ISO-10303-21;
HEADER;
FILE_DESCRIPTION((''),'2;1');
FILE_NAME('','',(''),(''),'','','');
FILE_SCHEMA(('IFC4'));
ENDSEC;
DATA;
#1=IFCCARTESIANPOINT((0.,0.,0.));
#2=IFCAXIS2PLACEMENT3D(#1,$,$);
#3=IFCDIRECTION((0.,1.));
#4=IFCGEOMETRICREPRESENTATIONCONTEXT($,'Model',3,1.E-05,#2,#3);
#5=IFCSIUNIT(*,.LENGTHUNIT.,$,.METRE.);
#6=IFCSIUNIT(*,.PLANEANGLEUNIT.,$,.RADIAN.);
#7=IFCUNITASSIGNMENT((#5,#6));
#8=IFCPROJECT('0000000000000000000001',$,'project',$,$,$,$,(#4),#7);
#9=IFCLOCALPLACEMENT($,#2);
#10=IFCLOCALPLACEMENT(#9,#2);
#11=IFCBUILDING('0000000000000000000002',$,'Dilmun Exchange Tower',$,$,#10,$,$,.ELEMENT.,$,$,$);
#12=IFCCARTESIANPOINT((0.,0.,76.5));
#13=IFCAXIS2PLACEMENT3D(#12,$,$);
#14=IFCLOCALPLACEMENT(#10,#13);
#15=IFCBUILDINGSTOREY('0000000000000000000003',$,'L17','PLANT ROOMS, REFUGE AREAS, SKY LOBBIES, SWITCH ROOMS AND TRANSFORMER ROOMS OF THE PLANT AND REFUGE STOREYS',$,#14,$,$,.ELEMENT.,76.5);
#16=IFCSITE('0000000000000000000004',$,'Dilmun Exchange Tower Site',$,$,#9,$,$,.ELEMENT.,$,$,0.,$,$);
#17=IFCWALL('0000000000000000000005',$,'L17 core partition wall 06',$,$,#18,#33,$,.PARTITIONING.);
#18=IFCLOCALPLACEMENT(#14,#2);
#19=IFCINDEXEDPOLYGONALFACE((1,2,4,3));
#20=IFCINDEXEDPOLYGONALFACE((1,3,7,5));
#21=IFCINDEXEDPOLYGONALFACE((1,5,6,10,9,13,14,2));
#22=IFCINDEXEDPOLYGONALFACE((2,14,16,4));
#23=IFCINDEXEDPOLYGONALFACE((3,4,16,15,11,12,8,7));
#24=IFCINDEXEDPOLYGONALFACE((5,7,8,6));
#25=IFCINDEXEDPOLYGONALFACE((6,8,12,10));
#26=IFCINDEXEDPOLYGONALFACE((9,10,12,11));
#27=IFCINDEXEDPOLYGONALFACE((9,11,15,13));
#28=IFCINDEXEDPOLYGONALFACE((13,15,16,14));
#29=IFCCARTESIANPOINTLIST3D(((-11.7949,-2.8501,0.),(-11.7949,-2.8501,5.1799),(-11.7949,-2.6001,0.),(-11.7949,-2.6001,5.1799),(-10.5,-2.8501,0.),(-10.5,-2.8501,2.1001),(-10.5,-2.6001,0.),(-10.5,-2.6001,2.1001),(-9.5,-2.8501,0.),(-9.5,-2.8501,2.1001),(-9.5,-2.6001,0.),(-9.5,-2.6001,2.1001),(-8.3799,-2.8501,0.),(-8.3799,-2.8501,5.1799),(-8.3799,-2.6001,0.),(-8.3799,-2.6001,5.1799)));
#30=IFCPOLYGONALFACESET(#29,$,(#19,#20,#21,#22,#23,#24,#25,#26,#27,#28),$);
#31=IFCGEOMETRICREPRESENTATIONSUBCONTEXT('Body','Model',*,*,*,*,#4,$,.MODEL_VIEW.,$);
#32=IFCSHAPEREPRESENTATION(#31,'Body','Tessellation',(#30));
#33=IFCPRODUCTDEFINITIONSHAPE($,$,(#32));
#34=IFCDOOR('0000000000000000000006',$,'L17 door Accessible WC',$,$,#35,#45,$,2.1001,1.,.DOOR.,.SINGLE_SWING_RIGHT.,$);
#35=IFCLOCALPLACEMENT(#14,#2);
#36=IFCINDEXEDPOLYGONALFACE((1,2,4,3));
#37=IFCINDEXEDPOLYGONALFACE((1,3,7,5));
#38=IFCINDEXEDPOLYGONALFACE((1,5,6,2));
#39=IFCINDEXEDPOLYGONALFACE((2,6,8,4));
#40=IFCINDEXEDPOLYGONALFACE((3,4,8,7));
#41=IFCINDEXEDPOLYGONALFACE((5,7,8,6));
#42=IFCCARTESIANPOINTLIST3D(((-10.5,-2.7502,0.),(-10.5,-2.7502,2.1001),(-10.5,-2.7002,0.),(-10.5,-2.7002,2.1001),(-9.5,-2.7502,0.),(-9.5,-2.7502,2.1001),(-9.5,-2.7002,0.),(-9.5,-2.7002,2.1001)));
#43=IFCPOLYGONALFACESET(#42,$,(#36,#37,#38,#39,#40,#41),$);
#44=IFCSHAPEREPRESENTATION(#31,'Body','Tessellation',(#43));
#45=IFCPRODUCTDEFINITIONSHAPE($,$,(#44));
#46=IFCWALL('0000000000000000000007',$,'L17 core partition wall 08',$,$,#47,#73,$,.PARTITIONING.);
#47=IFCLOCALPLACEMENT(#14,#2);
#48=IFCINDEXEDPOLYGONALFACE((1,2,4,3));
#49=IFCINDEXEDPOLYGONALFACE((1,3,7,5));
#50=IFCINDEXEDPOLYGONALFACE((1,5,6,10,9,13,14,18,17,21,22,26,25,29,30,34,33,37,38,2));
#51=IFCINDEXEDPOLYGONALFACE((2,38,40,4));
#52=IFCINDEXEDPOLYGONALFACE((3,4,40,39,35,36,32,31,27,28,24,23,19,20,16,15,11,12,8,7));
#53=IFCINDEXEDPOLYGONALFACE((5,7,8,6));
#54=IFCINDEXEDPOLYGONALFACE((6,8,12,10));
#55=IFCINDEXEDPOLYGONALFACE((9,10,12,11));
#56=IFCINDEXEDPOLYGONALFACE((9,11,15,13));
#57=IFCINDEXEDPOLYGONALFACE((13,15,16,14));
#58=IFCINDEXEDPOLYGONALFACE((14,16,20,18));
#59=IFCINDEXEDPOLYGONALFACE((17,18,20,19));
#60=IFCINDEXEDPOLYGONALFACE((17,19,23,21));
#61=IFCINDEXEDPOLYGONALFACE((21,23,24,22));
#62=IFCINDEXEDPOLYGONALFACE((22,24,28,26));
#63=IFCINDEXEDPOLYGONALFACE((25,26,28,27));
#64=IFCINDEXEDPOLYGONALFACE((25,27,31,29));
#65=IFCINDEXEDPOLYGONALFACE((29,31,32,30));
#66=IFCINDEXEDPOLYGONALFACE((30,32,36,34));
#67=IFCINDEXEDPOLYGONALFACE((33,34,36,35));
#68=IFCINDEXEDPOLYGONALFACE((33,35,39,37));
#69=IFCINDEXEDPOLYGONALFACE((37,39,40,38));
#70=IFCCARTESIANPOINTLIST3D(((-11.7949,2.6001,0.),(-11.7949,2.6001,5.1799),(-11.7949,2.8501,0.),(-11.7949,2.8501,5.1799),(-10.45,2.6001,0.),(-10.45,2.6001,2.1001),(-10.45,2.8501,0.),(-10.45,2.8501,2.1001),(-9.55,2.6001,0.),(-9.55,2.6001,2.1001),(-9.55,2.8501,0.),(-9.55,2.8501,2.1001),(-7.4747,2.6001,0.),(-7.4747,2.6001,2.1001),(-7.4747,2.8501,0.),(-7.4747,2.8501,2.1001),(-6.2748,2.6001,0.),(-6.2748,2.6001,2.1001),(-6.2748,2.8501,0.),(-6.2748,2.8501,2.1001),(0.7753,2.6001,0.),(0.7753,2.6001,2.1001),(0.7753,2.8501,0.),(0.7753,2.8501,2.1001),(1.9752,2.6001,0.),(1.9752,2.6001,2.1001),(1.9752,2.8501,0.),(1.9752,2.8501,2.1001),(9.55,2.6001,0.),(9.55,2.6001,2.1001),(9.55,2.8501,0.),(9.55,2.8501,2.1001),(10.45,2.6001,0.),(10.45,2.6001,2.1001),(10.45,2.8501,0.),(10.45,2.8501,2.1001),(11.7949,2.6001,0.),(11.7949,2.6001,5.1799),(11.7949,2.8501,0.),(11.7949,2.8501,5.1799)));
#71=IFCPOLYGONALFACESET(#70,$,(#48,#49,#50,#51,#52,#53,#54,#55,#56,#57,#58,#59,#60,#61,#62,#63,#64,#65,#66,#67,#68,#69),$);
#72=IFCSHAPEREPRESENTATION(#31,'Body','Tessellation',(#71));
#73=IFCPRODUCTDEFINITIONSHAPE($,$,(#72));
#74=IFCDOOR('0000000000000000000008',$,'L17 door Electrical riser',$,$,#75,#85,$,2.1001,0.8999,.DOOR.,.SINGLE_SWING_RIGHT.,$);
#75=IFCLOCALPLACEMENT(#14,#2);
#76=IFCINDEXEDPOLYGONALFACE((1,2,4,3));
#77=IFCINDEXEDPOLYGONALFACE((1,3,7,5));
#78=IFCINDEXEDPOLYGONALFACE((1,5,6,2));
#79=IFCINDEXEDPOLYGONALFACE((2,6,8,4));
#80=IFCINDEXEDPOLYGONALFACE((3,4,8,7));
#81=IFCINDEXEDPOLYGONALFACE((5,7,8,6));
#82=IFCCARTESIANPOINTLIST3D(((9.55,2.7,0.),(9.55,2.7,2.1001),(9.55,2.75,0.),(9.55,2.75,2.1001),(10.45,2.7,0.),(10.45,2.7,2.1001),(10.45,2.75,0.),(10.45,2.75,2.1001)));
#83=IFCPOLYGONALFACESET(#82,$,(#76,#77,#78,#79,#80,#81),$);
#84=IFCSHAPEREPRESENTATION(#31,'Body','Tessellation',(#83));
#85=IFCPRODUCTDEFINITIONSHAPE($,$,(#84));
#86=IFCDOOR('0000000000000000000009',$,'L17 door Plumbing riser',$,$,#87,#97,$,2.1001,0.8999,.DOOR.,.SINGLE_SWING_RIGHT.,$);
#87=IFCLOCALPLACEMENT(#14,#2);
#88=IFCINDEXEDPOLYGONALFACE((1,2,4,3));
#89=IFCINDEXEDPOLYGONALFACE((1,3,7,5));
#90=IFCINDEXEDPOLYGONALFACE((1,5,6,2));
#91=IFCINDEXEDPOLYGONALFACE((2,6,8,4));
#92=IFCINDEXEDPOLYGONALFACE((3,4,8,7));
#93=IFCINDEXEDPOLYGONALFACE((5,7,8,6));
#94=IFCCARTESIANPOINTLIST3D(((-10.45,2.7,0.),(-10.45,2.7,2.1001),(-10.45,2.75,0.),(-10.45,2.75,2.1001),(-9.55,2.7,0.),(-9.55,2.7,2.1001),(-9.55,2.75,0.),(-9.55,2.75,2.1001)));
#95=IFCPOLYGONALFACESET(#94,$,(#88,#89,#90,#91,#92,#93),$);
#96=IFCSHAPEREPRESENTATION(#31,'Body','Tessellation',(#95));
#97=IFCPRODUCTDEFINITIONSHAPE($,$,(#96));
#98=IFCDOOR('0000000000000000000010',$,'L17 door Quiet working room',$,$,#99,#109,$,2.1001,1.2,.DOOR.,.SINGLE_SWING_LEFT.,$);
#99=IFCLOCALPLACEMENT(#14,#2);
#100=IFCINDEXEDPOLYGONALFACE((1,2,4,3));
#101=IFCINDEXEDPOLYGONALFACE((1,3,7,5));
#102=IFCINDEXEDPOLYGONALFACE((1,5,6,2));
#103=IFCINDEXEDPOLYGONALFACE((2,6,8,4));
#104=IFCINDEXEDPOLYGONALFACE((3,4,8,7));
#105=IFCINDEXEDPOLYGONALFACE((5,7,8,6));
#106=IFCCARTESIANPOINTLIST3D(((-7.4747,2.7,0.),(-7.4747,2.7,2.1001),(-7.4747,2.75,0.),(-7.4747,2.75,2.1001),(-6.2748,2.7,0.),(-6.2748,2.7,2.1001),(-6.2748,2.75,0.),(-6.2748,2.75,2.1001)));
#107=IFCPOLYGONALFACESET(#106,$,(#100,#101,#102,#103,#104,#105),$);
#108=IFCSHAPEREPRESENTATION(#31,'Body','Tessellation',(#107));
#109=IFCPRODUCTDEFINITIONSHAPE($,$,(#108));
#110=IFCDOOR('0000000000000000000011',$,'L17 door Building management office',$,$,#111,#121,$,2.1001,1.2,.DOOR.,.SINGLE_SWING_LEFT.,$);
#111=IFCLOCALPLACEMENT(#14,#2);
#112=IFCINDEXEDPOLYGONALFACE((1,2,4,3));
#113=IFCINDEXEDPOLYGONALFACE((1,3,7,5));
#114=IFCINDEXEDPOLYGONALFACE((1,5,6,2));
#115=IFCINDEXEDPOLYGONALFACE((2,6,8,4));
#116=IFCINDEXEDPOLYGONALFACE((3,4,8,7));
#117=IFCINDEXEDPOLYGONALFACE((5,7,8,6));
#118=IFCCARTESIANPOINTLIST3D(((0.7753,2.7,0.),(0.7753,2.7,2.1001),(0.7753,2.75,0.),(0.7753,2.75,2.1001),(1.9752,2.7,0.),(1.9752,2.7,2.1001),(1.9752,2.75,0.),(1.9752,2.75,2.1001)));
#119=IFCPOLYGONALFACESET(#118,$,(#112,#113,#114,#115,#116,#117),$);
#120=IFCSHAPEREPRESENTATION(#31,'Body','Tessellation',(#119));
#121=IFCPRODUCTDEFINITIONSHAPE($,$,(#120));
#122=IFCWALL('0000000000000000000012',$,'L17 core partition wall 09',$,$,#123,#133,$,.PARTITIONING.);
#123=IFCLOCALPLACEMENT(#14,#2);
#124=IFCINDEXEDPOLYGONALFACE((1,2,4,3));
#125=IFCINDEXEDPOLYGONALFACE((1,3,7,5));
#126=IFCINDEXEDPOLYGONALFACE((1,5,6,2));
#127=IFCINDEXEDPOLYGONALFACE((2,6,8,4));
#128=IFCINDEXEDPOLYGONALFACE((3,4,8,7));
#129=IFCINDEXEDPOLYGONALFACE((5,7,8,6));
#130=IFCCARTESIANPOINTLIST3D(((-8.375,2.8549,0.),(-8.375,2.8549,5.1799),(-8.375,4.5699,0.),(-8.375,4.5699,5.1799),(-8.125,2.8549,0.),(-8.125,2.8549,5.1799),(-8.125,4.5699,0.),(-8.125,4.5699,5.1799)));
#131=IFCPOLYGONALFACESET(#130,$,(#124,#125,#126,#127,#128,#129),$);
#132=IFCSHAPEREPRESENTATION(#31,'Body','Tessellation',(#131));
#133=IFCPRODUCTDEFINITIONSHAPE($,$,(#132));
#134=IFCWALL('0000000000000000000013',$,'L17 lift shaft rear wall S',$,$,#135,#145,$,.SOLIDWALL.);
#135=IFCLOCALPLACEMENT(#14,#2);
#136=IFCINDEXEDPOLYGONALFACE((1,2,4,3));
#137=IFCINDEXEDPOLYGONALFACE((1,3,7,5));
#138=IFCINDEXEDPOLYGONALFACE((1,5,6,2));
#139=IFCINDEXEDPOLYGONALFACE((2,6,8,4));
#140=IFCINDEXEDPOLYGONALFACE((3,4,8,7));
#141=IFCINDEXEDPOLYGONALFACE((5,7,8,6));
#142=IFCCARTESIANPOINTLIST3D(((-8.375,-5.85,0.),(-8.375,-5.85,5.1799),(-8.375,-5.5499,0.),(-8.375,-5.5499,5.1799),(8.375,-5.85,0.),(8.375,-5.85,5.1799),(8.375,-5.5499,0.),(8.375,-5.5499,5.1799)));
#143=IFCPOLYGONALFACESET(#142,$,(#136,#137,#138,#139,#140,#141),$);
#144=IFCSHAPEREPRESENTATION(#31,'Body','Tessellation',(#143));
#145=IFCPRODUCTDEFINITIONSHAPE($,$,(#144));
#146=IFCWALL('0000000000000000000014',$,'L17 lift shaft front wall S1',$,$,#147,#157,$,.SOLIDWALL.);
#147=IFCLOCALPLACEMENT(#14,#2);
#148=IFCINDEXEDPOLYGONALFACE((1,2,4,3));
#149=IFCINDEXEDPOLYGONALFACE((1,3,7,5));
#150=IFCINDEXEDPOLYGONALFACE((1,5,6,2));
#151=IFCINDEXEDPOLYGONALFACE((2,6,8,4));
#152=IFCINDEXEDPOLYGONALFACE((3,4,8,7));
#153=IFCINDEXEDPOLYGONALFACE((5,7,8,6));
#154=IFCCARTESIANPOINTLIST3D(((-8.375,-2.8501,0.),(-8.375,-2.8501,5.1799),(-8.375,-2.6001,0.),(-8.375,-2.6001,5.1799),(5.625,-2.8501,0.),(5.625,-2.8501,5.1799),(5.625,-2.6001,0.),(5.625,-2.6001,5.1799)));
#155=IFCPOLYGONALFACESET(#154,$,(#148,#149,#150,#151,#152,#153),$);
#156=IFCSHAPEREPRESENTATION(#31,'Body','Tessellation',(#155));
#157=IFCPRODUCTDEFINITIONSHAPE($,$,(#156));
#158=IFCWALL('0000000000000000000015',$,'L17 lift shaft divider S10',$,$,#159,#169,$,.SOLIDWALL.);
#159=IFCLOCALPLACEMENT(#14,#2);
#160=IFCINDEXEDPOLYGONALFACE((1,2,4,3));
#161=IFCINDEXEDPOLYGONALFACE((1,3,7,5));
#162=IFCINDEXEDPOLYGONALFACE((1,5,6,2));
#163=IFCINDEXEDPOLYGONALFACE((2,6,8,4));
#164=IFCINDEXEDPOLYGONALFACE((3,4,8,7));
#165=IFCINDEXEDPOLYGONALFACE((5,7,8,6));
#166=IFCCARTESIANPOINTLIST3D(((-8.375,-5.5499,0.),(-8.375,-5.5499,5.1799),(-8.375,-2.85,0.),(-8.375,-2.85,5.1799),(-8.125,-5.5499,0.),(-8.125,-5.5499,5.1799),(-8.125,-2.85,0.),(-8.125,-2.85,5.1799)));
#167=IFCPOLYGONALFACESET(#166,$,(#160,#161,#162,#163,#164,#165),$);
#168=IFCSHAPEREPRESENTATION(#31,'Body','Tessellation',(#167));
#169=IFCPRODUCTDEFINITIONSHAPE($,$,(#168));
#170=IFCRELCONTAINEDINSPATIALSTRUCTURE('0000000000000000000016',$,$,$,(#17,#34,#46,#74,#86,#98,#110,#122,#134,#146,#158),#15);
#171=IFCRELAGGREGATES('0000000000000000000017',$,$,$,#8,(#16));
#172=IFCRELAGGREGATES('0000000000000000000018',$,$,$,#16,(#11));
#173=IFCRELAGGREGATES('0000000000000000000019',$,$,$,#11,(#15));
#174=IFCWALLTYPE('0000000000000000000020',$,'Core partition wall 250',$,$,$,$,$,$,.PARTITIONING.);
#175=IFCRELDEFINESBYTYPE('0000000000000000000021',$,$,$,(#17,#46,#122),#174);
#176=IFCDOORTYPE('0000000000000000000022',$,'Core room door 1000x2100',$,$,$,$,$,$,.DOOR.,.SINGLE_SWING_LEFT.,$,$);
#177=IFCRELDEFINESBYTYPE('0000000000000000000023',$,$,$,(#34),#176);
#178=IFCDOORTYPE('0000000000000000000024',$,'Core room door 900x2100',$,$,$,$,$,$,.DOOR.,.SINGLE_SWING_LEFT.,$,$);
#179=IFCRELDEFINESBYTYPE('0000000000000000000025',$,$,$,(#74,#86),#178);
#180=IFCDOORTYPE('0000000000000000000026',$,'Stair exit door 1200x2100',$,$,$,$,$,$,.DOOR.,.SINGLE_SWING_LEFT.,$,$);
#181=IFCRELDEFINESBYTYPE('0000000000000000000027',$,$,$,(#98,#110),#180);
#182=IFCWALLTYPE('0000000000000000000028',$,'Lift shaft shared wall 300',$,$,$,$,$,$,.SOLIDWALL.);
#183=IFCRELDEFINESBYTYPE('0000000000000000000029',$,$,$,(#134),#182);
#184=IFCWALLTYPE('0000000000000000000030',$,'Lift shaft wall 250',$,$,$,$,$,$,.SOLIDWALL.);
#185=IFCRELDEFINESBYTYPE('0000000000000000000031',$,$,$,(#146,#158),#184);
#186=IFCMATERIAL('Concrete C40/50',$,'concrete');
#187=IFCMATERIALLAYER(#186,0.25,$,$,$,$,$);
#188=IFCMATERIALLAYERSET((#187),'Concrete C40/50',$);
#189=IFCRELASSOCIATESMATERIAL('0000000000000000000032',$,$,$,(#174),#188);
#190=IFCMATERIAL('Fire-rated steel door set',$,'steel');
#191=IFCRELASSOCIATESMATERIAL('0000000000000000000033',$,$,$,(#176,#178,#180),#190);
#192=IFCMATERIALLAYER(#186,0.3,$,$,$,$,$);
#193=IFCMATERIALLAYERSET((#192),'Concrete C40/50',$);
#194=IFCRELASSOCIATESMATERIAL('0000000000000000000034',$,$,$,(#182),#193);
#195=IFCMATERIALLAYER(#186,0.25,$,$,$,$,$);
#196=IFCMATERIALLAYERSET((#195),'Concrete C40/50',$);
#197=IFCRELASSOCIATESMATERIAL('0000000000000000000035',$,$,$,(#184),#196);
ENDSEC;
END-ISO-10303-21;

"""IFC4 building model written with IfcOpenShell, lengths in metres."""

from ifc_helpers import new_model, si_unit, direction, frame, frame_2d, origin, place, context, subcontext, project, spatial, rectangle, extrude, material, layer, layer_set, type_object, element, fill, save


model = new_model("IFC4")

# Units and contexts
model_context = context("Model", 3, precision=1e-05, world=origin(), true_north=direction((0.0, 1.0)))
body_context = subcontext(model_context, "Body", "Model", "MODEL_VIEW")
ifc_project = project(units=[si_unit("LENGTHUNIT", "METRE"), si_unit("PLANEANGLEUNIT", "RADIAN")], contexts=[model_context])

# Site, building, storey
site_placement = place(None, origin())
site = spatial("IfcSite", under=ifc_project, at=site_placement, Name="Dilmun Exchange Tower Site", CompositionType="ELEMENT", RefElevation=0.0)
building_placement = place(site_placement, origin())
building = spatial("IfcBuilding", under=site, at=building_placement, Name="Dilmun Exchange Tower", CompositionType="ELEMENT")
storey_placement = place(building_placement, frame((0.0, 0.0, 76.5)))
storey = spatial("IfcBuildingStorey", under=building, at=storey_placement, Name="L17", Description="PLANT ROOMS, REFUGE AREAS, SKY LOBBIES, SWITCH ROOMS AND TRANSFORMER ROOMS OF THE PLANT AND REFUGE STOREYS", CompositionType="ELEMENT", Elevation=76.5)

# Wall, opening, door
ifc_material_1 = material(Name="Concrete C40/50", Category="concrete")
ifc_layer_1 = layer(ifc_material_1, 0.25)
ifc_layer_set_1 = layer_set([ifc_layer_1], Name="Concrete C40/50")
wall_type_1 = type_object("IfcWallType", Name="Core partition wall 250", PredefinedType="PARTITIONING", material=ifc_layer_set_1)
wall_1_placement = place(storey_placement, frame((-11.7949, -2.7251, 0.0), z_axis=(0.0, 0.0, 1.0), x_axis=(1.0, 0.0, 0.0)))
wall_1 = element("IfcWall", 1, at=wall_1_placement, inside=storey, type_object=wall_type_1, Name="L17 core partition wall 06", PredefinedType="PARTITIONING", context=body_context, shape_type="SweptSolid", body=[
    extrude(rectangle(XDim=3.415, YDim=0.25, at=frame_2d((1.7075, 0.0))), origin(), (0.0, 0.0, 1.0), 5.1799),
])
opening_1_placement = place(wall_1_placement, frame((1.2949, 0.0, 0.0)))
opening_1 = element("IfcOpeningElement", 2, at=opening_1_placement, cuts=wall_1, PredefinedType="OPENING", context=body_context, shape_type="SweptSolid", body=[
    extrude(rectangle(XDim=1.0, YDim=2.1001, at=frame_2d((0.5, 1.05))), frame((0.0, 0.135, 0.0), z_axis=(0.0, -1.0, 0.0), x_axis=(1.0, 0.0, 0.0)), (0.0, 0.0, 1.0), 0.27),
])
ifc_material_2 = material(Name="Fire-rated steel door set", Category="steel")
door_type_1 = type_object("IfcDoorType", Name="Core room door 1000x2100", OperationType="SINGLE_SWING_LEFT", PredefinedType="DOOR", material=ifc_material_2)
door_1_placement = place(opening_1_placement, origin())
door_1 = element("IfcDoor", 3, at=door_1_placement, inside=storey, type_object=door_type_1, Name="L17 door Accessible WC", OperationType="SINGLE_SWING_RIGHT", OverallHeight=2.1001, OverallWidth=1.0, PredefinedType="DOOR", context=body_context, shape_type="SweptSolid", body=[
    extrude(rectangle(XDim=1.0, YDim=2.1001, at=frame_2d((0.5, 1.05))), frame((0.0, 0.0249, 0.0), z_axis=(0.0, -1.0, 0.0), x_axis=(1.0, 0.0, 0.0)), (0.0, 0.0, 1.0), 0.05),
])
fill(opening_1, door_1)

# Wall, openings, doors
wall_2_placement = place(storey_placement, frame((-11.7949, 2.7251, 0.0), z_axis=(0.0, 0.0, 1.0), x_axis=(1.0, 0.0, 0.0)))
wall_2 = element("IfcWall", 4, at=wall_2_placement, inside=storey, type_object=wall_type_1, Name="L17 core partition wall 08", PredefinedType="PARTITIONING", context=body_context, shape_type="SweptSolid", body=[
    extrude(rectangle(XDim=23.5898, YDim=0.25, at=frame_2d((11.7949, 0.0))), origin(), (0.0, 0.0, 1.0), 5.1799),
])
opening_2_placement = place(wall_2_placement, frame((21.345, 0.0, 0.0)))
opening_2 = element("IfcOpeningElement", 5, at=opening_2_placement, cuts=wall_2, PredefinedType="OPENING", context=body_context, shape_type="SweptSolid", body=[
    extrude(rectangle(XDim=0.8999, YDim=2.1001, at=frame_2d((0.45, 1.05))), frame((0.0, 0.135, 0.0), z_axis=(0.0, -1.0, 0.0), x_axis=(1.0, 0.0, 0.0)), (0.0, 0.0, 1.0), 0.27),
])
opening_3_placement = place(wall_2_placement, frame((1.345, 0.0, 0.0)))
opening_3 = element("IfcOpeningElement", 6, at=opening_3_placement, cuts=wall_2, PredefinedType="OPENING", context=body_context, shape_type="SweptSolid", body=[
    extrude(rectangle(XDim=0.8999, YDim=2.1001, at=frame_2d((0.45, 1.05))), frame((0.0, 0.135, 0.0), z_axis=(0.0, -1.0, 0.0), x_axis=(1.0, 0.0, 0.0)), (0.0, 0.0, 1.0), 0.27),
])
opening_4_placement = place(wall_2_placement, frame((4.3201, 0.0, 0.0)))
opening_4 = element("IfcOpeningElement", 7, at=opening_4_placement, cuts=wall_2, PredefinedType="OPENING", context=body_context, shape_type="SweptSolid", body=[
    extrude(rectangle(XDim=1.2, YDim=2.1001, at=frame_2d((0.6001, 1.05))), frame((0.0, 0.135, 0.0), z_axis=(0.0, -1.0, 0.0), x_axis=(1.0, 0.0, 0.0)), (0.0, 0.0, 1.0), 0.27),
])
opening_5_placement = place(wall_2_placement, frame((12.5701, 0.0, 0.0)))
opening_5 = element("IfcOpeningElement", 8, at=opening_5_placement, cuts=wall_2, PredefinedType="OPENING", context=body_context, shape_type="SweptSolid", body=[
    extrude(rectangle(XDim=1.2, YDim=2.1001, at=frame_2d((0.6001, 1.05))), frame((0.0, 0.135, 0.0), z_axis=(0.0, -1.0, 0.0), x_axis=(1.0, 0.0, 0.0)), (0.0, 0.0, 1.0), 0.27),
])
door_type_2 = type_object("IfcDoorType", Name="Core room door 900x2100", OperationType="SINGLE_SWING_LEFT", PredefinedType="DOOR", material=ifc_material_2)
door_2_placement = place(opening_2_placement, origin())
door_2 = element("IfcDoor", 9, at=door_2_placement, inside=storey, type_object=door_type_2, Name="L17 door Electrical riser", OperationType="SINGLE_SWING_RIGHT", OverallHeight=2.1001, OverallWidth=0.8999, PredefinedType="DOOR", context=body_context, shape_type="SweptSolid", body=[
    extrude(rectangle(XDim=0.8999, YDim=2.1001, at=frame_2d((0.45, 1.05))), frame((0.0, 0.0249, 0.0), z_axis=(0.0, -1.0, 0.0), x_axis=(1.0, 0.0, 0.0)), (0.0, 0.0, 1.0), 0.05),
])
fill(opening_2, door_2)
door_3_placement = place(opening_3_placement, origin())
door_3 = element("IfcDoor", 10, at=door_3_placement, inside=storey, type_object=door_type_2, Name="L17 door Plumbing riser", OperationType="SINGLE_SWING_RIGHT", OverallHeight=2.1001, OverallWidth=0.8999, PredefinedType="DOOR", context=body_context, shape_type="SweptSolid", body=[
    extrude(rectangle(XDim=0.8999, YDim=2.1001, at=frame_2d((0.45, 1.05))), frame((0.0, 0.0249, 0.0), z_axis=(0.0, -1.0, 0.0), x_axis=(1.0, 0.0, 0.0)), (0.0, 0.0, 1.0), 0.05),
])
fill(opening_3, door_3)
door_type_3 = type_object("IfcDoorType", Name="Stair exit door 1200x2100", OperationType="SINGLE_SWING_LEFT", PredefinedType="DOOR", material=ifc_material_2)
door_4_placement = place(opening_4_placement, origin())
door_4 = element("IfcDoor", 11, at=door_4_placement, inside=storey, type_object=door_type_3, Name="L17 door Quiet working room", OperationType="SINGLE_SWING_LEFT", OverallHeight=2.1001, OverallWidth=1.2, PredefinedType="DOOR", context=body_context, shape_type="SweptSolid", body=[
    extrude(rectangle(XDim=1.2, YDim=2.1001, at=frame_2d((0.6001, 1.05))), frame((0.0, 0.0249, 0.0), z_axis=(0.0, -1.0, 0.0), x_axis=(1.0, 0.0, 0.0)), (0.0, 0.0, 1.0), 0.05),
])
fill(opening_4, door_4)
door_5_placement = place(opening_5_placement, origin())
door_5 = element("IfcDoor", 12, at=door_5_placement, inside=storey, type_object=door_type_3, Name="L17 door Building management office", OperationType="SINGLE_SWING_LEFT", OverallHeight=2.1001, OverallWidth=1.2, PredefinedType="DOOR", context=body_context, shape_type="SweptSolid", body=[
    extrude(rectangle(XDim=1.2, YDim=2.1001, at=frame_2d((0.6001, 1.05))), frame((0.0, 0.0249, 0.0), z_axis=(0.0, -1.0, 0.0), x_axis=(1.0, 0.0, 0.0)), (0.0, 0.0, 1.0), 0.05),
])
fill(opening_5, door_5)

# Walls
wall_3_placement = place(storey_placement, frame((-8.25, 2.855, 0.0), z_axis=(0.0, 0.0, 1.0), x_axis=(0.0, 1.0, 0.0)))
element("IfcWall", 13, at=wall_3_placement, inside=storey, type_object=wall_type_1, Name="L17 core partition wall 09", PredefinedType="PARTITIONING", context=body_context, shape_type="SweptSolid", body=[
    extrude(rectangle(XDim=1.7151, YDim=0.25, at=frame_2d((0.8574, 0.0))), origin(), (0.0, 0.0, 1.0), 5.1799),
])
ifc_layer_2 = layer(ifc_material_1, 0.3)
ifc_layer_set_2 = layer_set([ifc_layer_2], Name="Concrete C40/50")
wall_type_2 = type_object("IfcWallType", Name="Lift shaft shared wall 300", PredefinedType="SOLIDWALL", material=ifc_layer_set_2)
wall_4_placement = place(storey_placement, frame((-8.375, -5.7, 0.0), z_axis=(0.0, 0.0, 1.0), x_axis=(1.0, 0.0, 0.0)))
element("IfcWall", 14, at=wall_4_placement, inside=storey, type_object=wall_type_2, Name="L17 lift shaft rear wall S", PredefinedType="SOLIDWALL", context=body_context, shape_type="SweptSolid", body=[
    extrude(rectangle(XDim=16.75, YDim=0.3, at=frame_2d((8.375, 0.0))), origin(), (0.0, 0.0, 1.0), 5.1799),
])
ifc_layer_3 = layer(ifc_material_1, 0.25)
ifc_layer_set_3 = layer_set([ifc_layer_3], Name="Concrete C40/50")
wall_type_3 = type_object("IfcWallType", Name="Lift shaft wall 250", PredefinedType="SOLIDWALL", material=ifc_layer_set_3)
wall_5_placement = place(storey_placement, frame((-8.375, -2.7251, 0.0), z_axis=(0.0, 0.0, 1.0), x_axis=(1.0, 0.0, 0.0)))
element("IfcWall", 15, at=wall_5_placement, inside=storey, type_object=wall_type_3, Name="L17 lift shaft front wall S1", PredefinedType="SOLIDWALL", context=body_context, shape_type="SweptSolid", body=[
    extrude(rectangle(XDim=14.0, YDim=0.25, at=frame_2d((7.0, 0.0))), origin(), (0.0, 0.0, 1.0), 5.1799),
])
for number, where, z_axis, x_axis, name in (
    (16, (-8.25, -5.55, 0.0), (0.0, 0.0, 1.0), (0.0, 1.0, 0.0), "L17 lift shaft divider S10"),
):
    element("IfcWall", number, at=place(storey_placement, frame(where, z_axis=z_axis, x_axis=x_axis)), inside=storey, type_object=wall_type_3, Name=name, PredefinedType="SOLIDWALL", context=body_context, shape_type="SweptSolid", body=[
        extrude(rectangle(XDim=2.7, YDim=0.25, at=frame_2d((1.3501, 0.0))), origin(), (0.0, 0.0, 1.0), 5.1799),
    ])

save(model, "model.ifc")
